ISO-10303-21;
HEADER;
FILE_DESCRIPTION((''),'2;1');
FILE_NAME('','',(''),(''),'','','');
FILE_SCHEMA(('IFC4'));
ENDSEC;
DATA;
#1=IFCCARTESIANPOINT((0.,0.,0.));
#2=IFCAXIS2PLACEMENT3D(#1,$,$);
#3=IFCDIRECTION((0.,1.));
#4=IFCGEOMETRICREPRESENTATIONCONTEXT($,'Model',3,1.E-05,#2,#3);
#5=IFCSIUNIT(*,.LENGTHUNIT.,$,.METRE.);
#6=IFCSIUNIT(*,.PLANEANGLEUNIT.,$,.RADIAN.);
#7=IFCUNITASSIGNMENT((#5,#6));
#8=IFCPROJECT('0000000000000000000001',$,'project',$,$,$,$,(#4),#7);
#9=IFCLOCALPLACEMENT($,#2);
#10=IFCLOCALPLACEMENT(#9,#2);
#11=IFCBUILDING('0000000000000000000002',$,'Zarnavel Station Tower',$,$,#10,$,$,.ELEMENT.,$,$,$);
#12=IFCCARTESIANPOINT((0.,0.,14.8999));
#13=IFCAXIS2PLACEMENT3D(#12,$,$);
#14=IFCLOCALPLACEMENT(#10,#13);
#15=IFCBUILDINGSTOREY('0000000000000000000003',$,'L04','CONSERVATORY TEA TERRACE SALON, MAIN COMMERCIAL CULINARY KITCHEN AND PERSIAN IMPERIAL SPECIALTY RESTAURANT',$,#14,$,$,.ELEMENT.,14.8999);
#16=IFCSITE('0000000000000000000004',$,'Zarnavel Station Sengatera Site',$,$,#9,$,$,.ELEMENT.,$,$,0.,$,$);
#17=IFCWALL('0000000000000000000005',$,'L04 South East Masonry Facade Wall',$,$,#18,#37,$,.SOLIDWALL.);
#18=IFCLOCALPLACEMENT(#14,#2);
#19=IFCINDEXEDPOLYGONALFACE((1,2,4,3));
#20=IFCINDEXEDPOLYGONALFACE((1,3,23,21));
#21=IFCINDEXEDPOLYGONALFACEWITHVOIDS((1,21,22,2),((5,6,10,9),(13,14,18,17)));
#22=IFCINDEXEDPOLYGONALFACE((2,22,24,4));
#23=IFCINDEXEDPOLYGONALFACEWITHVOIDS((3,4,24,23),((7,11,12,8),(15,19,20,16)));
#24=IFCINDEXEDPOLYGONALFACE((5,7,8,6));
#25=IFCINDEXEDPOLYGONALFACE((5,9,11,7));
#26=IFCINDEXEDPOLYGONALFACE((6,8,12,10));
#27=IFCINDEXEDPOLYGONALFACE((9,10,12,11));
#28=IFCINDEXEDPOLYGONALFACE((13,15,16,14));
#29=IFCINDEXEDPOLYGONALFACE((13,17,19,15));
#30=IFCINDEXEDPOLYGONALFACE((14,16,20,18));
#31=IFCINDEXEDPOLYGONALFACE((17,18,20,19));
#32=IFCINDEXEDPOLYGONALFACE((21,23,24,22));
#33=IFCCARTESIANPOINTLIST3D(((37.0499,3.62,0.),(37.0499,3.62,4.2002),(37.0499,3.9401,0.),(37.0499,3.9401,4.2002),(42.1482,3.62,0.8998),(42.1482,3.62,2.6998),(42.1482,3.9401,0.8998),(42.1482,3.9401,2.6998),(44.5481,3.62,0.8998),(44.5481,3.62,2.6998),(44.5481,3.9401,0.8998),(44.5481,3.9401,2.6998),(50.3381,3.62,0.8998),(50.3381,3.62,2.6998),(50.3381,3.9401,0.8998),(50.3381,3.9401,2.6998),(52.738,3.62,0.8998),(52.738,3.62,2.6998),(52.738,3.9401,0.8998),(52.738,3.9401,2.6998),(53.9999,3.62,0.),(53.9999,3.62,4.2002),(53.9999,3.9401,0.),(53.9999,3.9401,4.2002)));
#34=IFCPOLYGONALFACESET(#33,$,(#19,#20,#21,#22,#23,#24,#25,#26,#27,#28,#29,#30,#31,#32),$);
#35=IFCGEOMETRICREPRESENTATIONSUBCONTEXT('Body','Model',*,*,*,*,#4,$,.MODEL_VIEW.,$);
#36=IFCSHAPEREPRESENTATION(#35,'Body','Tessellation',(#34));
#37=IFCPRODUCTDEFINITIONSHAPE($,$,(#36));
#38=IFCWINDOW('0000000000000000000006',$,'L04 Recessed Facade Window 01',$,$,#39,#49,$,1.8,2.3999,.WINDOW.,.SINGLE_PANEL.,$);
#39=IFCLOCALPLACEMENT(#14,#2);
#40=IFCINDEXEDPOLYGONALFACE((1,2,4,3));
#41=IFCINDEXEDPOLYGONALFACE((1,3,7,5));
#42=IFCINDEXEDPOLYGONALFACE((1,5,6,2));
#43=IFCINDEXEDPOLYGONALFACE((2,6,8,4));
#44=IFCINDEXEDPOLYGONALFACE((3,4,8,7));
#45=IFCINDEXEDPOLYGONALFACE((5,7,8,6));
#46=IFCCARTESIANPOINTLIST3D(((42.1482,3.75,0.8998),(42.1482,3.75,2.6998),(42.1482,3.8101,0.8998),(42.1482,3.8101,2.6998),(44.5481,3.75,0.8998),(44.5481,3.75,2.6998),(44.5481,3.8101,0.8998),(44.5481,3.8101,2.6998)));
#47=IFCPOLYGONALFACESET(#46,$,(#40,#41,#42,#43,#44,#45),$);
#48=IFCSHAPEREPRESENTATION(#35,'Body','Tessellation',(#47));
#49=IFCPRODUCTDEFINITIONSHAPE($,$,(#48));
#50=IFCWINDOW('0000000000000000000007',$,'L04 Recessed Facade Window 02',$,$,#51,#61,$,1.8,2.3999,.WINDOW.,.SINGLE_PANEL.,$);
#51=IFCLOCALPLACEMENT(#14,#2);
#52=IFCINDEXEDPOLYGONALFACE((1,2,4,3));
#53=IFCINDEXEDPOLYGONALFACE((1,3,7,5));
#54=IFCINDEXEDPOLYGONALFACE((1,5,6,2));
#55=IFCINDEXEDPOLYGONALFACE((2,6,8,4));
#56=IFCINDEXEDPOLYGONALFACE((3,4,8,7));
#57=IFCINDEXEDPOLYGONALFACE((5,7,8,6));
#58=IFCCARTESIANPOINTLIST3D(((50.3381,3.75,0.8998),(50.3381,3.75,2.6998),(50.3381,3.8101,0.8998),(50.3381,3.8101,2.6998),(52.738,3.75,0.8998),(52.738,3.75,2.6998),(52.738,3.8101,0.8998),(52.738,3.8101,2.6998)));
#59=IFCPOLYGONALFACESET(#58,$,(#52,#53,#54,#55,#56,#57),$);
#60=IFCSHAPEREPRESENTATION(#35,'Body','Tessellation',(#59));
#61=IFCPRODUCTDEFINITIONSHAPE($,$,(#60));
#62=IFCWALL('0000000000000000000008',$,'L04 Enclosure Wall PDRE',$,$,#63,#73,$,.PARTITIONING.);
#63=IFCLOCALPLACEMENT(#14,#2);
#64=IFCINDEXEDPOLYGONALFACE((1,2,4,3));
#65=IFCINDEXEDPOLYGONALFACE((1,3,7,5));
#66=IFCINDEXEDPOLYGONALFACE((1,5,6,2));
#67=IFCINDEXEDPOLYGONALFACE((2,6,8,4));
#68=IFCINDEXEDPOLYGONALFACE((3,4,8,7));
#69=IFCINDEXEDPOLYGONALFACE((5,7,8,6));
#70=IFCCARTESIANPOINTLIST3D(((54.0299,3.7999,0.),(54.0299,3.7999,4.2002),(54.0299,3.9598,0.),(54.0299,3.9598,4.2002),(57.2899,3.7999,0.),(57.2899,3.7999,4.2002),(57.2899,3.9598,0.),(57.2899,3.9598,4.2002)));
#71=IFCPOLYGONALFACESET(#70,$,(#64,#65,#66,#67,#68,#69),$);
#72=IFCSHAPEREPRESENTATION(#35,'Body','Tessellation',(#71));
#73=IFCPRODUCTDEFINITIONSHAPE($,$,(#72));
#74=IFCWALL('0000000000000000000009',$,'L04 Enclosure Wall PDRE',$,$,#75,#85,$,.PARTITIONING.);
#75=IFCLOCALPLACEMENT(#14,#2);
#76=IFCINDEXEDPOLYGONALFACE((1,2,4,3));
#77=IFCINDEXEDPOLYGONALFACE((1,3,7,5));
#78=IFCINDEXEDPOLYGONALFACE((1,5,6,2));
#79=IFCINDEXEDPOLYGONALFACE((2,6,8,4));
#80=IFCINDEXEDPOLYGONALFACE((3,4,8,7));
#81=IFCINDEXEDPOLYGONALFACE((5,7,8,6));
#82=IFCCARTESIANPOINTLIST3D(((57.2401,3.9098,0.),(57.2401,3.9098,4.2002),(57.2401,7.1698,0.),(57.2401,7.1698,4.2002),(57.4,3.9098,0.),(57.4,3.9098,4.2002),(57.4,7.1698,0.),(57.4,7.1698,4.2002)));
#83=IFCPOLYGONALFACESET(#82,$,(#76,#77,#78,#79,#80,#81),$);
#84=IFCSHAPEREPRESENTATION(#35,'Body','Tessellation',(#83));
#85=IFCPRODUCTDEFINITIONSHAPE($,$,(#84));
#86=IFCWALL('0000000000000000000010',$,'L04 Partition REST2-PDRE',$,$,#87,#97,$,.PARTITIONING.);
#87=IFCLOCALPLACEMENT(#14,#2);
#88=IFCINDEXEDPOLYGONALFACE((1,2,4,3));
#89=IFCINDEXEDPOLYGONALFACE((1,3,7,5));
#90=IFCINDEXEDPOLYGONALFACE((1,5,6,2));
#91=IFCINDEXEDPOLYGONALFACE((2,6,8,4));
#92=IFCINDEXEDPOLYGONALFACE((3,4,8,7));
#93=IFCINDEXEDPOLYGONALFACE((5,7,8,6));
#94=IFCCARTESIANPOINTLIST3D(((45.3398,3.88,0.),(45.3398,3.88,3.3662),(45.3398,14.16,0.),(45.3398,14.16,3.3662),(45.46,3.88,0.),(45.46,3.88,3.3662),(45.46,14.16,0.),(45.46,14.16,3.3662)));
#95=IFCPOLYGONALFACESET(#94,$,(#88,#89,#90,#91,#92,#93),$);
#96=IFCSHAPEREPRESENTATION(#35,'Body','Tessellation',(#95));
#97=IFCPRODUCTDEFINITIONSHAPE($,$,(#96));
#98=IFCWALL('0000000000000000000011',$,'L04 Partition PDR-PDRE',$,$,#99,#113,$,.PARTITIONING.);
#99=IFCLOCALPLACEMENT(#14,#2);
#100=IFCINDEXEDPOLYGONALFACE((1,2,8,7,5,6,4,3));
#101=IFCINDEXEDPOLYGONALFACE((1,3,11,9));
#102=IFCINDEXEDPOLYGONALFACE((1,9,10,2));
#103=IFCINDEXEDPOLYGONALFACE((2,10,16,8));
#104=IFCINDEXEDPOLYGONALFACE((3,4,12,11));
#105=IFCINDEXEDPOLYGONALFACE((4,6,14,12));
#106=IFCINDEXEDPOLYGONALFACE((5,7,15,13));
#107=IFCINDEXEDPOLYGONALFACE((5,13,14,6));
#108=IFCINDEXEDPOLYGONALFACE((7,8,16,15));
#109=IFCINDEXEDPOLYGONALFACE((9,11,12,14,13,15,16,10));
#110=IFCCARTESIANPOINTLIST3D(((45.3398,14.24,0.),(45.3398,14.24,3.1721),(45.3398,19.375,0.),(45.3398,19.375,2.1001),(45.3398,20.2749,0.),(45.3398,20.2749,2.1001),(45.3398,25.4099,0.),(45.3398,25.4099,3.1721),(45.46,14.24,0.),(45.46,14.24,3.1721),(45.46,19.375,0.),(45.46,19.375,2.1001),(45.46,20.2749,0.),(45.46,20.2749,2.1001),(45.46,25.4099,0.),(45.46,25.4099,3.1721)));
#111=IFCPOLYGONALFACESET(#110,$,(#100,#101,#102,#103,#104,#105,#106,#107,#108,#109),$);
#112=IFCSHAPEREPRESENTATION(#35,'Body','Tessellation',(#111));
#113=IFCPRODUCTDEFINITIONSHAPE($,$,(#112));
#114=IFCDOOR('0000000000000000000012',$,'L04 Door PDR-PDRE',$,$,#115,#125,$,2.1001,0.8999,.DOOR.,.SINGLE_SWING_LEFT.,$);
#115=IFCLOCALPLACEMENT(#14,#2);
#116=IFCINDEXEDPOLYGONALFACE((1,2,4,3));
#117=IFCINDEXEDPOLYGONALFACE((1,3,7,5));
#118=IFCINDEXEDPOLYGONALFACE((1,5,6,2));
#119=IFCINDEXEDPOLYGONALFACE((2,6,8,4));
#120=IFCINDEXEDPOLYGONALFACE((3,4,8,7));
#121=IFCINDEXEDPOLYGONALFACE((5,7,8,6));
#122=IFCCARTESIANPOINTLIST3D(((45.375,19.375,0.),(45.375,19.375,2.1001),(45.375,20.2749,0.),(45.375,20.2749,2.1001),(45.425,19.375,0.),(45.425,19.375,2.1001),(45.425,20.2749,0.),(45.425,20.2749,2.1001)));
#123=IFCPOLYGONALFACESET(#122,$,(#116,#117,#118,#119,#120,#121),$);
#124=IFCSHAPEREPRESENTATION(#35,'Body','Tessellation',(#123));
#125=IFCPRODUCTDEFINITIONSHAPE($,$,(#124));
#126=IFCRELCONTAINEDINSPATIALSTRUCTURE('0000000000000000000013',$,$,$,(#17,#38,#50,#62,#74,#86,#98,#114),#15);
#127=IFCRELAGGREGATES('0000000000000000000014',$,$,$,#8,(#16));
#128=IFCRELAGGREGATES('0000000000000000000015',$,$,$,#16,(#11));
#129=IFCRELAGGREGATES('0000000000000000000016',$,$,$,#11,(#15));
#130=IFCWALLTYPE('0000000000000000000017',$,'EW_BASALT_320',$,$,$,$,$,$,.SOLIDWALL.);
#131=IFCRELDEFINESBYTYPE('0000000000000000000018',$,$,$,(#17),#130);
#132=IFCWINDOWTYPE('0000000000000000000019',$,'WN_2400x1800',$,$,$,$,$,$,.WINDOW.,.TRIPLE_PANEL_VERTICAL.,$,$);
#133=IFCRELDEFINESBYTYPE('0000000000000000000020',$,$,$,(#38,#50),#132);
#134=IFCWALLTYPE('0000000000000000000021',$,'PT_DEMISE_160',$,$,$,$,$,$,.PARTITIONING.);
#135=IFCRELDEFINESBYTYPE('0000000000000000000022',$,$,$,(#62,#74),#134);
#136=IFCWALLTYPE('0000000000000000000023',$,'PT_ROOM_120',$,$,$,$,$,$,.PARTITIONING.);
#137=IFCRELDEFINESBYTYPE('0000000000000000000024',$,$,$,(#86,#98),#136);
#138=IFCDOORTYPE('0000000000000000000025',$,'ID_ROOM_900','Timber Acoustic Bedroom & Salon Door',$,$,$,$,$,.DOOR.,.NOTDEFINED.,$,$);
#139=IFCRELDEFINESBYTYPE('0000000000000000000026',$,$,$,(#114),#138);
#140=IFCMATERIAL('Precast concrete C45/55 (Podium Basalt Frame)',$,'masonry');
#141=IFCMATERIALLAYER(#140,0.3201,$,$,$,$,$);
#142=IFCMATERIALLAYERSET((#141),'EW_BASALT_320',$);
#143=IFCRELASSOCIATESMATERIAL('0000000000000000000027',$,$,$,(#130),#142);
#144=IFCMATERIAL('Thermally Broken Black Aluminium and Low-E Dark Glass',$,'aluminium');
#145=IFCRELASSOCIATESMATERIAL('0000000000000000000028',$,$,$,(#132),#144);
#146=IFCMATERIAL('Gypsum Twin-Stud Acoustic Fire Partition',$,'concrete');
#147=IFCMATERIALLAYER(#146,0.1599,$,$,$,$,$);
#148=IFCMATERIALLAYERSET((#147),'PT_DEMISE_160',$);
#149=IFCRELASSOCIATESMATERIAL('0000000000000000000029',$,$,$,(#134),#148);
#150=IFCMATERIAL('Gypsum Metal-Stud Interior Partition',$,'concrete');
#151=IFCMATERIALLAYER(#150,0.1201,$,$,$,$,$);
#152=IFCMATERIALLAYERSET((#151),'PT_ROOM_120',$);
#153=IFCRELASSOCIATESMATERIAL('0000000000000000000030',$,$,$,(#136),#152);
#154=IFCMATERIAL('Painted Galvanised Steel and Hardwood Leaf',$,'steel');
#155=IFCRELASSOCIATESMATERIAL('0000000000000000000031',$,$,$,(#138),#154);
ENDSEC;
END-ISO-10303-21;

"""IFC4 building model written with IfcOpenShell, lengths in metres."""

from ifc_helpers import new_model, si_unit, direction, frame, frame_2d, origin, place, context, subcontext, project, spatial, rectangle, extrude, material, layer, layer_set, type_object, element, fill, save


model = new_model("IFC4")

# Units and contexts
model_context = context("Model", 3, precision=1e-05, world=origin(), true_north=direction((0.0, 1.0)))
body_context = subcontext(model_context, "Body", "Model", "MODEL_VIEW")
ifc_project = project(units=[si_unit("LENGTHUNIT", "METRE"), si_unit("PLANEANGLEUNIT", "RADIAN")], contexts=[model_context])

# Site, building, storey
site_placement = place(None, origin())
site = spatial("IfcSite", under=ifc_project, at=site_placement, Name="Zarnavel Station Sengatera Site", CompositionType="ELEMENT", RefElevation=0.0)
building_placement = place(site_placement, origin())
building = spatial("IfcBuilding", under=site, at=building_placement, Name="Zarnavel Station Tower", CompositionType="ELEMENT")
storey_placement = place(building_placement, frame((0.0, 0.0, 14.8999)))
storey = spatial("IfcBuildingStorey", under=building, at=storey_placement, Name="L04", Description="CONSERVATORY TEA TERRACE SALON, MAIN COMMERCIAL CULINARY KITCHEN AND PERSIAN IMPERIAL SPECIALTY RESTAURANT", CompositionType="ELEMENT", Elevation=14.8999)

# Shared definitions
ifc_material_1 = material(Name="Precast concrete C45/55 (Podium Basalt Frame)", Category="masonry")
ifc_layer_1 = layer(ifc_material_1, 0.3201)
ifc_layer_set_1 = layer_set([ifc_layer_1], Name="EW_BASALT_320")
wall_type_1 = type_object("IfcWallType", Name="EW_BASALT_320", PredefinedType="SOLIDWALL", material=ifc_layer_set_1)

# Wall, openings, windows
wall_1_placement = place(storey_placement, frame((54.0, 3.78, 0.0), z_axis=(0.0, 0.0, 1.0), x_axis=(-1.0, 0.0, 0.0)))
wall_1 = element("IfcWall", 1, at=wall_1_placement, inside=storey, type_object=wall_type_1, Name="L04 South East Masonry Facade Wall", PredefinedType="SOLIDWALL", context=body_context, shape_type="SweptSolid", body=[
    extrude(rectangle(XDim=16.95, YDim=0.3201, at=frame_2d((8.4751, 0.0))), origin(), (0.0, 0.0, 1.0), 4.2002),
])
opening_1_placement = place(wall_1_placement, frame((9.4519, 0.0, 0.8999)))
opening_1 = element("IfcOpeningElement", 2, at=opening_1_placement, cuts=wall_1, PredefinedType="OPENING", context=body_context, shape_type="SweptSolid", body=[
    extrude(rectangle(XDim=2.3999, YDim=1.8, at=frame_2d((1.2, 0.8999))), frame((0.0, 0.1699, 0.0), z_axis=(0.0, -1.0, 0.0), x_axis=(1.0, 0.0, 0.0)), (0.0, 0.0, 1.0), 0.3401),
])
opening_2_placement = place(wall_1_placement, frame((1.262, 0.0, 0.8999)))
opening_2 = element("IfcOpeningElement", 3, at=opening_2_placement, cuts=wall_1, PredefinedType="OPENING", context=body_context, shape_type="SweptSolid", body=[
    extrude(rectangle(XDim=2.3999, YDim=1.8, at=frame_2d((1.2, 0.8999))), frame((0.0, 0.1699, 0.0), z_axis=(0.0, -1.0, 0.0), x_axis=(1.0, 0.0, 0.0)), (0.0, 0.0, 1.0), 0.3401),
])
ifc_material_2 = material(Name="Thermally Broken Black Aluminium and Low-E Dark Glass", Category="aluminium")
window_type = type_object("IfcWindowType", Name="WN_2400x1800", PartitioningType="TRIPLE_PANEL_VERTICAL", PredefinedType="WINDOW", material=ifc_material_2)
window_1_placement = place(opening_1_placement, origin())
window_1 = element("IfcWindow", 4, at=window_1_placement, inside=storey, type_object=window_type, Name="L04 Recessed Facade Window 01", OverallHeight=1.8, OverallWidth=2.3999, PartitioningType="SINGLE_PANEL", PredefinedType="WINDOW", context=body_context, shape_type="SweptSolid", body=[
    extrude(rectangle(XDim=2.3999, YDim=1.8, at=frame_2d((1.2, 0.8999))), frame((0.0, 0.03, 0.0), z_axis=(0.0, -1.0, 0.0), x_axis=(1.0, 0.0, 0.0)), (0.0, 0.0, 1.0), 0.0601),
])
fill(opening_1, window_1)
window_2_placement = place(opening_2_placement, origin())
window_2 = element("IfcWindow", 5, at=window_2_placement, inside=storey, type_object=window_type, Name="L04 Recessed Facade Window 02", OverallHeight=1.8, OverallWidth=2.3999, PartitioningType="SINGLE_PANEL", PredefinedType="WINDOW", context=body_context, shape_type="SweptSolid", body=[
    extrude(rectangle(XDim=2.3999, YDim=1.8, at=frame_2d((1.2, 0.8999))), frame((0.0, 0.03, 0.0), z_axis=(0.0, -1.0, 0.0), x_axis=(1.0, 0.0, 0.0)), (0.0, 0.0, 1.0), 0.0601),
])
fill(opening_2, window_2)

# Walls
ifc_material_3 = material(Name="Gypsum Twin-Stud Acoustic Fire Partition", Category="concrete")
ifc_layer_2 = layer(ifc_material_3, 0.1599)
ifc_layer_set_2 = layer_set([ifc_layer_2], Name="PT_DEMISE_160")
wall_type_2 = type_object("IfcWallType", Name="PT_DEMISE_160", PredefinedType="PARTITIONING", material=ifc_layer_set_2)
for number, where, z_axis, x_axis, name in (
    (6, (54.03, 3.8799, 0.0), (0.0, 0.0, 1.0), (1.0, 0.0, 0.0), "L04 Enclosure Wall PDRE"),
    (7, (57.3201, 3.9099, 0.0), (0.0, 0.0, 1.0), (0.0, 1.0, 0.0), "L04 Enclosure Wall PDRE"),
):
    element("IfcWall", number, at=place(storey_placement, frame(where, z_axis=z_axis, x_axis=x_axis)), inside=storey, type_object=wall_type_2, Name=name, PredefinedType="PARTITIONING", context=body_context, shape_type="SweptSolid", body=[
        extrude(rectangle(XDim=3.26, YDim=0.1599, at=frame_2d((1.6299, 0.0))), origin(), (0.0, 0.0, 1.0), 4.2002),
    ])
ifc_material_4 = material(Name="Gypsum Metal-Stud Interior Partition", Category="concrete")
ifc_layer_3 = layer(ifc_material_4, 0.1201)
ifc_layer_set_3 = layer_set([ifc_layer_3], Name="PT_ROOM_120")
wall_type_3 = type_object("IfcWallType", Name="PT_ROOM_120", PredefinedType="PARTITIONING", material=ifc_layer_set_3)
wall_2_placement = place(storey_placement, frame((45.3999, 3.8799, 0.0), z_axis=(0.0, 0.0, 1.0), x_axis=(0.0, 1.0, 0.0)))
element("IfcWall", 8, at=wall_2_placement, inside=storey, type_object=wall_type_3, Name="L04 Partition REST2-PDRE", PredefinedType="PARTITIONING", context=body_context, shape_type="SweptSolid", body=[
    extrude(rectangle(XDim=10.28, YDim=0.1201, at=frame_2d((5.1401, 0.0))), origin(), (0.0, 0.0, 1.0), 3.3662),
])

# Wall, opening, door
wall_3_placement = place(storey_placement, frame((45.3999, 14.24, 0.0), z_axis=(0.0, 0.0, 1.0), x_axis=(0.0, 1.0, 0.0)))
wall_3 = element("IfcWall", 9, at=wall_3_placement, inside=storey, type_object=wall_type_3, Name="L04 Partition PDR-PDRE", PredefinedType="PARTITIONING", context=body_context, shape_type="SweptSolid", body=[
    extrude(rectangle(XDim=11.1699, YDim=0.1201, at=frame_2d((5.585, 0.0))), origin(), (0.0, 0.0, 1.0), 3.1721),
])
opening_3_placement = place(wall_3_placement, frame((5.135, 0.0, 0.0)))
opening_3 = element("IfcOpeningElement", 10, at=opening_3_placement, cuts=wall_3, PredefinedType="OPENING", context=body_context, shape_type="SweptSolid", body=[
    extrude(rectangle(XDim=0.8999, YDim=2.1001, at=frame_2d((0.45, 1.05))), frame((0.0, 0.0701, 0.0), z_axis=(0.0, -1.0, 0.0), x_axis=(1.0, 0.0, 0.0)), (0.0, 0.0, 1.0), 0.1401),
])
ifc_material_5 = material(Name="Painted Galvanised Steel and Hardwood Leaf", Category="steel")
door_type = type_object("IfcDoorType", Name="ID_ROOM_900", Description="Timber Acoustic Bedroom & Salon Door", OperationType="NOTDEFINED", PredefinedType="DOOR", material=ifc_material_5)
door_placement = place(opening_3_placement, origin())
door = element("IfcDoor", 11, at=door_placement, inside=storey, type_object=door_type, Name="L04 Door PDR-PDRE", OperationType="SINGLE_SWING_LEFT", OverallHeight=2.1001, OverallWidth=0.8999, PredefinedType="DOOR", context=body_context, shape_type="SweptSolid", body=[
    extrude(rectangle(XDim=0.8999, YDim=2.1001, at=frame_2d((0.45, 1.05))), frame((0.0, 0.0249, 0.0), z_axis=(0.0, -1.0, 0.0), x_axis=(1.0, 0.0, 0.0)), (0.0, 0.0, 1.0), 0.05),
])
fill(opening_3, door)

save(model, "model.ifc")
